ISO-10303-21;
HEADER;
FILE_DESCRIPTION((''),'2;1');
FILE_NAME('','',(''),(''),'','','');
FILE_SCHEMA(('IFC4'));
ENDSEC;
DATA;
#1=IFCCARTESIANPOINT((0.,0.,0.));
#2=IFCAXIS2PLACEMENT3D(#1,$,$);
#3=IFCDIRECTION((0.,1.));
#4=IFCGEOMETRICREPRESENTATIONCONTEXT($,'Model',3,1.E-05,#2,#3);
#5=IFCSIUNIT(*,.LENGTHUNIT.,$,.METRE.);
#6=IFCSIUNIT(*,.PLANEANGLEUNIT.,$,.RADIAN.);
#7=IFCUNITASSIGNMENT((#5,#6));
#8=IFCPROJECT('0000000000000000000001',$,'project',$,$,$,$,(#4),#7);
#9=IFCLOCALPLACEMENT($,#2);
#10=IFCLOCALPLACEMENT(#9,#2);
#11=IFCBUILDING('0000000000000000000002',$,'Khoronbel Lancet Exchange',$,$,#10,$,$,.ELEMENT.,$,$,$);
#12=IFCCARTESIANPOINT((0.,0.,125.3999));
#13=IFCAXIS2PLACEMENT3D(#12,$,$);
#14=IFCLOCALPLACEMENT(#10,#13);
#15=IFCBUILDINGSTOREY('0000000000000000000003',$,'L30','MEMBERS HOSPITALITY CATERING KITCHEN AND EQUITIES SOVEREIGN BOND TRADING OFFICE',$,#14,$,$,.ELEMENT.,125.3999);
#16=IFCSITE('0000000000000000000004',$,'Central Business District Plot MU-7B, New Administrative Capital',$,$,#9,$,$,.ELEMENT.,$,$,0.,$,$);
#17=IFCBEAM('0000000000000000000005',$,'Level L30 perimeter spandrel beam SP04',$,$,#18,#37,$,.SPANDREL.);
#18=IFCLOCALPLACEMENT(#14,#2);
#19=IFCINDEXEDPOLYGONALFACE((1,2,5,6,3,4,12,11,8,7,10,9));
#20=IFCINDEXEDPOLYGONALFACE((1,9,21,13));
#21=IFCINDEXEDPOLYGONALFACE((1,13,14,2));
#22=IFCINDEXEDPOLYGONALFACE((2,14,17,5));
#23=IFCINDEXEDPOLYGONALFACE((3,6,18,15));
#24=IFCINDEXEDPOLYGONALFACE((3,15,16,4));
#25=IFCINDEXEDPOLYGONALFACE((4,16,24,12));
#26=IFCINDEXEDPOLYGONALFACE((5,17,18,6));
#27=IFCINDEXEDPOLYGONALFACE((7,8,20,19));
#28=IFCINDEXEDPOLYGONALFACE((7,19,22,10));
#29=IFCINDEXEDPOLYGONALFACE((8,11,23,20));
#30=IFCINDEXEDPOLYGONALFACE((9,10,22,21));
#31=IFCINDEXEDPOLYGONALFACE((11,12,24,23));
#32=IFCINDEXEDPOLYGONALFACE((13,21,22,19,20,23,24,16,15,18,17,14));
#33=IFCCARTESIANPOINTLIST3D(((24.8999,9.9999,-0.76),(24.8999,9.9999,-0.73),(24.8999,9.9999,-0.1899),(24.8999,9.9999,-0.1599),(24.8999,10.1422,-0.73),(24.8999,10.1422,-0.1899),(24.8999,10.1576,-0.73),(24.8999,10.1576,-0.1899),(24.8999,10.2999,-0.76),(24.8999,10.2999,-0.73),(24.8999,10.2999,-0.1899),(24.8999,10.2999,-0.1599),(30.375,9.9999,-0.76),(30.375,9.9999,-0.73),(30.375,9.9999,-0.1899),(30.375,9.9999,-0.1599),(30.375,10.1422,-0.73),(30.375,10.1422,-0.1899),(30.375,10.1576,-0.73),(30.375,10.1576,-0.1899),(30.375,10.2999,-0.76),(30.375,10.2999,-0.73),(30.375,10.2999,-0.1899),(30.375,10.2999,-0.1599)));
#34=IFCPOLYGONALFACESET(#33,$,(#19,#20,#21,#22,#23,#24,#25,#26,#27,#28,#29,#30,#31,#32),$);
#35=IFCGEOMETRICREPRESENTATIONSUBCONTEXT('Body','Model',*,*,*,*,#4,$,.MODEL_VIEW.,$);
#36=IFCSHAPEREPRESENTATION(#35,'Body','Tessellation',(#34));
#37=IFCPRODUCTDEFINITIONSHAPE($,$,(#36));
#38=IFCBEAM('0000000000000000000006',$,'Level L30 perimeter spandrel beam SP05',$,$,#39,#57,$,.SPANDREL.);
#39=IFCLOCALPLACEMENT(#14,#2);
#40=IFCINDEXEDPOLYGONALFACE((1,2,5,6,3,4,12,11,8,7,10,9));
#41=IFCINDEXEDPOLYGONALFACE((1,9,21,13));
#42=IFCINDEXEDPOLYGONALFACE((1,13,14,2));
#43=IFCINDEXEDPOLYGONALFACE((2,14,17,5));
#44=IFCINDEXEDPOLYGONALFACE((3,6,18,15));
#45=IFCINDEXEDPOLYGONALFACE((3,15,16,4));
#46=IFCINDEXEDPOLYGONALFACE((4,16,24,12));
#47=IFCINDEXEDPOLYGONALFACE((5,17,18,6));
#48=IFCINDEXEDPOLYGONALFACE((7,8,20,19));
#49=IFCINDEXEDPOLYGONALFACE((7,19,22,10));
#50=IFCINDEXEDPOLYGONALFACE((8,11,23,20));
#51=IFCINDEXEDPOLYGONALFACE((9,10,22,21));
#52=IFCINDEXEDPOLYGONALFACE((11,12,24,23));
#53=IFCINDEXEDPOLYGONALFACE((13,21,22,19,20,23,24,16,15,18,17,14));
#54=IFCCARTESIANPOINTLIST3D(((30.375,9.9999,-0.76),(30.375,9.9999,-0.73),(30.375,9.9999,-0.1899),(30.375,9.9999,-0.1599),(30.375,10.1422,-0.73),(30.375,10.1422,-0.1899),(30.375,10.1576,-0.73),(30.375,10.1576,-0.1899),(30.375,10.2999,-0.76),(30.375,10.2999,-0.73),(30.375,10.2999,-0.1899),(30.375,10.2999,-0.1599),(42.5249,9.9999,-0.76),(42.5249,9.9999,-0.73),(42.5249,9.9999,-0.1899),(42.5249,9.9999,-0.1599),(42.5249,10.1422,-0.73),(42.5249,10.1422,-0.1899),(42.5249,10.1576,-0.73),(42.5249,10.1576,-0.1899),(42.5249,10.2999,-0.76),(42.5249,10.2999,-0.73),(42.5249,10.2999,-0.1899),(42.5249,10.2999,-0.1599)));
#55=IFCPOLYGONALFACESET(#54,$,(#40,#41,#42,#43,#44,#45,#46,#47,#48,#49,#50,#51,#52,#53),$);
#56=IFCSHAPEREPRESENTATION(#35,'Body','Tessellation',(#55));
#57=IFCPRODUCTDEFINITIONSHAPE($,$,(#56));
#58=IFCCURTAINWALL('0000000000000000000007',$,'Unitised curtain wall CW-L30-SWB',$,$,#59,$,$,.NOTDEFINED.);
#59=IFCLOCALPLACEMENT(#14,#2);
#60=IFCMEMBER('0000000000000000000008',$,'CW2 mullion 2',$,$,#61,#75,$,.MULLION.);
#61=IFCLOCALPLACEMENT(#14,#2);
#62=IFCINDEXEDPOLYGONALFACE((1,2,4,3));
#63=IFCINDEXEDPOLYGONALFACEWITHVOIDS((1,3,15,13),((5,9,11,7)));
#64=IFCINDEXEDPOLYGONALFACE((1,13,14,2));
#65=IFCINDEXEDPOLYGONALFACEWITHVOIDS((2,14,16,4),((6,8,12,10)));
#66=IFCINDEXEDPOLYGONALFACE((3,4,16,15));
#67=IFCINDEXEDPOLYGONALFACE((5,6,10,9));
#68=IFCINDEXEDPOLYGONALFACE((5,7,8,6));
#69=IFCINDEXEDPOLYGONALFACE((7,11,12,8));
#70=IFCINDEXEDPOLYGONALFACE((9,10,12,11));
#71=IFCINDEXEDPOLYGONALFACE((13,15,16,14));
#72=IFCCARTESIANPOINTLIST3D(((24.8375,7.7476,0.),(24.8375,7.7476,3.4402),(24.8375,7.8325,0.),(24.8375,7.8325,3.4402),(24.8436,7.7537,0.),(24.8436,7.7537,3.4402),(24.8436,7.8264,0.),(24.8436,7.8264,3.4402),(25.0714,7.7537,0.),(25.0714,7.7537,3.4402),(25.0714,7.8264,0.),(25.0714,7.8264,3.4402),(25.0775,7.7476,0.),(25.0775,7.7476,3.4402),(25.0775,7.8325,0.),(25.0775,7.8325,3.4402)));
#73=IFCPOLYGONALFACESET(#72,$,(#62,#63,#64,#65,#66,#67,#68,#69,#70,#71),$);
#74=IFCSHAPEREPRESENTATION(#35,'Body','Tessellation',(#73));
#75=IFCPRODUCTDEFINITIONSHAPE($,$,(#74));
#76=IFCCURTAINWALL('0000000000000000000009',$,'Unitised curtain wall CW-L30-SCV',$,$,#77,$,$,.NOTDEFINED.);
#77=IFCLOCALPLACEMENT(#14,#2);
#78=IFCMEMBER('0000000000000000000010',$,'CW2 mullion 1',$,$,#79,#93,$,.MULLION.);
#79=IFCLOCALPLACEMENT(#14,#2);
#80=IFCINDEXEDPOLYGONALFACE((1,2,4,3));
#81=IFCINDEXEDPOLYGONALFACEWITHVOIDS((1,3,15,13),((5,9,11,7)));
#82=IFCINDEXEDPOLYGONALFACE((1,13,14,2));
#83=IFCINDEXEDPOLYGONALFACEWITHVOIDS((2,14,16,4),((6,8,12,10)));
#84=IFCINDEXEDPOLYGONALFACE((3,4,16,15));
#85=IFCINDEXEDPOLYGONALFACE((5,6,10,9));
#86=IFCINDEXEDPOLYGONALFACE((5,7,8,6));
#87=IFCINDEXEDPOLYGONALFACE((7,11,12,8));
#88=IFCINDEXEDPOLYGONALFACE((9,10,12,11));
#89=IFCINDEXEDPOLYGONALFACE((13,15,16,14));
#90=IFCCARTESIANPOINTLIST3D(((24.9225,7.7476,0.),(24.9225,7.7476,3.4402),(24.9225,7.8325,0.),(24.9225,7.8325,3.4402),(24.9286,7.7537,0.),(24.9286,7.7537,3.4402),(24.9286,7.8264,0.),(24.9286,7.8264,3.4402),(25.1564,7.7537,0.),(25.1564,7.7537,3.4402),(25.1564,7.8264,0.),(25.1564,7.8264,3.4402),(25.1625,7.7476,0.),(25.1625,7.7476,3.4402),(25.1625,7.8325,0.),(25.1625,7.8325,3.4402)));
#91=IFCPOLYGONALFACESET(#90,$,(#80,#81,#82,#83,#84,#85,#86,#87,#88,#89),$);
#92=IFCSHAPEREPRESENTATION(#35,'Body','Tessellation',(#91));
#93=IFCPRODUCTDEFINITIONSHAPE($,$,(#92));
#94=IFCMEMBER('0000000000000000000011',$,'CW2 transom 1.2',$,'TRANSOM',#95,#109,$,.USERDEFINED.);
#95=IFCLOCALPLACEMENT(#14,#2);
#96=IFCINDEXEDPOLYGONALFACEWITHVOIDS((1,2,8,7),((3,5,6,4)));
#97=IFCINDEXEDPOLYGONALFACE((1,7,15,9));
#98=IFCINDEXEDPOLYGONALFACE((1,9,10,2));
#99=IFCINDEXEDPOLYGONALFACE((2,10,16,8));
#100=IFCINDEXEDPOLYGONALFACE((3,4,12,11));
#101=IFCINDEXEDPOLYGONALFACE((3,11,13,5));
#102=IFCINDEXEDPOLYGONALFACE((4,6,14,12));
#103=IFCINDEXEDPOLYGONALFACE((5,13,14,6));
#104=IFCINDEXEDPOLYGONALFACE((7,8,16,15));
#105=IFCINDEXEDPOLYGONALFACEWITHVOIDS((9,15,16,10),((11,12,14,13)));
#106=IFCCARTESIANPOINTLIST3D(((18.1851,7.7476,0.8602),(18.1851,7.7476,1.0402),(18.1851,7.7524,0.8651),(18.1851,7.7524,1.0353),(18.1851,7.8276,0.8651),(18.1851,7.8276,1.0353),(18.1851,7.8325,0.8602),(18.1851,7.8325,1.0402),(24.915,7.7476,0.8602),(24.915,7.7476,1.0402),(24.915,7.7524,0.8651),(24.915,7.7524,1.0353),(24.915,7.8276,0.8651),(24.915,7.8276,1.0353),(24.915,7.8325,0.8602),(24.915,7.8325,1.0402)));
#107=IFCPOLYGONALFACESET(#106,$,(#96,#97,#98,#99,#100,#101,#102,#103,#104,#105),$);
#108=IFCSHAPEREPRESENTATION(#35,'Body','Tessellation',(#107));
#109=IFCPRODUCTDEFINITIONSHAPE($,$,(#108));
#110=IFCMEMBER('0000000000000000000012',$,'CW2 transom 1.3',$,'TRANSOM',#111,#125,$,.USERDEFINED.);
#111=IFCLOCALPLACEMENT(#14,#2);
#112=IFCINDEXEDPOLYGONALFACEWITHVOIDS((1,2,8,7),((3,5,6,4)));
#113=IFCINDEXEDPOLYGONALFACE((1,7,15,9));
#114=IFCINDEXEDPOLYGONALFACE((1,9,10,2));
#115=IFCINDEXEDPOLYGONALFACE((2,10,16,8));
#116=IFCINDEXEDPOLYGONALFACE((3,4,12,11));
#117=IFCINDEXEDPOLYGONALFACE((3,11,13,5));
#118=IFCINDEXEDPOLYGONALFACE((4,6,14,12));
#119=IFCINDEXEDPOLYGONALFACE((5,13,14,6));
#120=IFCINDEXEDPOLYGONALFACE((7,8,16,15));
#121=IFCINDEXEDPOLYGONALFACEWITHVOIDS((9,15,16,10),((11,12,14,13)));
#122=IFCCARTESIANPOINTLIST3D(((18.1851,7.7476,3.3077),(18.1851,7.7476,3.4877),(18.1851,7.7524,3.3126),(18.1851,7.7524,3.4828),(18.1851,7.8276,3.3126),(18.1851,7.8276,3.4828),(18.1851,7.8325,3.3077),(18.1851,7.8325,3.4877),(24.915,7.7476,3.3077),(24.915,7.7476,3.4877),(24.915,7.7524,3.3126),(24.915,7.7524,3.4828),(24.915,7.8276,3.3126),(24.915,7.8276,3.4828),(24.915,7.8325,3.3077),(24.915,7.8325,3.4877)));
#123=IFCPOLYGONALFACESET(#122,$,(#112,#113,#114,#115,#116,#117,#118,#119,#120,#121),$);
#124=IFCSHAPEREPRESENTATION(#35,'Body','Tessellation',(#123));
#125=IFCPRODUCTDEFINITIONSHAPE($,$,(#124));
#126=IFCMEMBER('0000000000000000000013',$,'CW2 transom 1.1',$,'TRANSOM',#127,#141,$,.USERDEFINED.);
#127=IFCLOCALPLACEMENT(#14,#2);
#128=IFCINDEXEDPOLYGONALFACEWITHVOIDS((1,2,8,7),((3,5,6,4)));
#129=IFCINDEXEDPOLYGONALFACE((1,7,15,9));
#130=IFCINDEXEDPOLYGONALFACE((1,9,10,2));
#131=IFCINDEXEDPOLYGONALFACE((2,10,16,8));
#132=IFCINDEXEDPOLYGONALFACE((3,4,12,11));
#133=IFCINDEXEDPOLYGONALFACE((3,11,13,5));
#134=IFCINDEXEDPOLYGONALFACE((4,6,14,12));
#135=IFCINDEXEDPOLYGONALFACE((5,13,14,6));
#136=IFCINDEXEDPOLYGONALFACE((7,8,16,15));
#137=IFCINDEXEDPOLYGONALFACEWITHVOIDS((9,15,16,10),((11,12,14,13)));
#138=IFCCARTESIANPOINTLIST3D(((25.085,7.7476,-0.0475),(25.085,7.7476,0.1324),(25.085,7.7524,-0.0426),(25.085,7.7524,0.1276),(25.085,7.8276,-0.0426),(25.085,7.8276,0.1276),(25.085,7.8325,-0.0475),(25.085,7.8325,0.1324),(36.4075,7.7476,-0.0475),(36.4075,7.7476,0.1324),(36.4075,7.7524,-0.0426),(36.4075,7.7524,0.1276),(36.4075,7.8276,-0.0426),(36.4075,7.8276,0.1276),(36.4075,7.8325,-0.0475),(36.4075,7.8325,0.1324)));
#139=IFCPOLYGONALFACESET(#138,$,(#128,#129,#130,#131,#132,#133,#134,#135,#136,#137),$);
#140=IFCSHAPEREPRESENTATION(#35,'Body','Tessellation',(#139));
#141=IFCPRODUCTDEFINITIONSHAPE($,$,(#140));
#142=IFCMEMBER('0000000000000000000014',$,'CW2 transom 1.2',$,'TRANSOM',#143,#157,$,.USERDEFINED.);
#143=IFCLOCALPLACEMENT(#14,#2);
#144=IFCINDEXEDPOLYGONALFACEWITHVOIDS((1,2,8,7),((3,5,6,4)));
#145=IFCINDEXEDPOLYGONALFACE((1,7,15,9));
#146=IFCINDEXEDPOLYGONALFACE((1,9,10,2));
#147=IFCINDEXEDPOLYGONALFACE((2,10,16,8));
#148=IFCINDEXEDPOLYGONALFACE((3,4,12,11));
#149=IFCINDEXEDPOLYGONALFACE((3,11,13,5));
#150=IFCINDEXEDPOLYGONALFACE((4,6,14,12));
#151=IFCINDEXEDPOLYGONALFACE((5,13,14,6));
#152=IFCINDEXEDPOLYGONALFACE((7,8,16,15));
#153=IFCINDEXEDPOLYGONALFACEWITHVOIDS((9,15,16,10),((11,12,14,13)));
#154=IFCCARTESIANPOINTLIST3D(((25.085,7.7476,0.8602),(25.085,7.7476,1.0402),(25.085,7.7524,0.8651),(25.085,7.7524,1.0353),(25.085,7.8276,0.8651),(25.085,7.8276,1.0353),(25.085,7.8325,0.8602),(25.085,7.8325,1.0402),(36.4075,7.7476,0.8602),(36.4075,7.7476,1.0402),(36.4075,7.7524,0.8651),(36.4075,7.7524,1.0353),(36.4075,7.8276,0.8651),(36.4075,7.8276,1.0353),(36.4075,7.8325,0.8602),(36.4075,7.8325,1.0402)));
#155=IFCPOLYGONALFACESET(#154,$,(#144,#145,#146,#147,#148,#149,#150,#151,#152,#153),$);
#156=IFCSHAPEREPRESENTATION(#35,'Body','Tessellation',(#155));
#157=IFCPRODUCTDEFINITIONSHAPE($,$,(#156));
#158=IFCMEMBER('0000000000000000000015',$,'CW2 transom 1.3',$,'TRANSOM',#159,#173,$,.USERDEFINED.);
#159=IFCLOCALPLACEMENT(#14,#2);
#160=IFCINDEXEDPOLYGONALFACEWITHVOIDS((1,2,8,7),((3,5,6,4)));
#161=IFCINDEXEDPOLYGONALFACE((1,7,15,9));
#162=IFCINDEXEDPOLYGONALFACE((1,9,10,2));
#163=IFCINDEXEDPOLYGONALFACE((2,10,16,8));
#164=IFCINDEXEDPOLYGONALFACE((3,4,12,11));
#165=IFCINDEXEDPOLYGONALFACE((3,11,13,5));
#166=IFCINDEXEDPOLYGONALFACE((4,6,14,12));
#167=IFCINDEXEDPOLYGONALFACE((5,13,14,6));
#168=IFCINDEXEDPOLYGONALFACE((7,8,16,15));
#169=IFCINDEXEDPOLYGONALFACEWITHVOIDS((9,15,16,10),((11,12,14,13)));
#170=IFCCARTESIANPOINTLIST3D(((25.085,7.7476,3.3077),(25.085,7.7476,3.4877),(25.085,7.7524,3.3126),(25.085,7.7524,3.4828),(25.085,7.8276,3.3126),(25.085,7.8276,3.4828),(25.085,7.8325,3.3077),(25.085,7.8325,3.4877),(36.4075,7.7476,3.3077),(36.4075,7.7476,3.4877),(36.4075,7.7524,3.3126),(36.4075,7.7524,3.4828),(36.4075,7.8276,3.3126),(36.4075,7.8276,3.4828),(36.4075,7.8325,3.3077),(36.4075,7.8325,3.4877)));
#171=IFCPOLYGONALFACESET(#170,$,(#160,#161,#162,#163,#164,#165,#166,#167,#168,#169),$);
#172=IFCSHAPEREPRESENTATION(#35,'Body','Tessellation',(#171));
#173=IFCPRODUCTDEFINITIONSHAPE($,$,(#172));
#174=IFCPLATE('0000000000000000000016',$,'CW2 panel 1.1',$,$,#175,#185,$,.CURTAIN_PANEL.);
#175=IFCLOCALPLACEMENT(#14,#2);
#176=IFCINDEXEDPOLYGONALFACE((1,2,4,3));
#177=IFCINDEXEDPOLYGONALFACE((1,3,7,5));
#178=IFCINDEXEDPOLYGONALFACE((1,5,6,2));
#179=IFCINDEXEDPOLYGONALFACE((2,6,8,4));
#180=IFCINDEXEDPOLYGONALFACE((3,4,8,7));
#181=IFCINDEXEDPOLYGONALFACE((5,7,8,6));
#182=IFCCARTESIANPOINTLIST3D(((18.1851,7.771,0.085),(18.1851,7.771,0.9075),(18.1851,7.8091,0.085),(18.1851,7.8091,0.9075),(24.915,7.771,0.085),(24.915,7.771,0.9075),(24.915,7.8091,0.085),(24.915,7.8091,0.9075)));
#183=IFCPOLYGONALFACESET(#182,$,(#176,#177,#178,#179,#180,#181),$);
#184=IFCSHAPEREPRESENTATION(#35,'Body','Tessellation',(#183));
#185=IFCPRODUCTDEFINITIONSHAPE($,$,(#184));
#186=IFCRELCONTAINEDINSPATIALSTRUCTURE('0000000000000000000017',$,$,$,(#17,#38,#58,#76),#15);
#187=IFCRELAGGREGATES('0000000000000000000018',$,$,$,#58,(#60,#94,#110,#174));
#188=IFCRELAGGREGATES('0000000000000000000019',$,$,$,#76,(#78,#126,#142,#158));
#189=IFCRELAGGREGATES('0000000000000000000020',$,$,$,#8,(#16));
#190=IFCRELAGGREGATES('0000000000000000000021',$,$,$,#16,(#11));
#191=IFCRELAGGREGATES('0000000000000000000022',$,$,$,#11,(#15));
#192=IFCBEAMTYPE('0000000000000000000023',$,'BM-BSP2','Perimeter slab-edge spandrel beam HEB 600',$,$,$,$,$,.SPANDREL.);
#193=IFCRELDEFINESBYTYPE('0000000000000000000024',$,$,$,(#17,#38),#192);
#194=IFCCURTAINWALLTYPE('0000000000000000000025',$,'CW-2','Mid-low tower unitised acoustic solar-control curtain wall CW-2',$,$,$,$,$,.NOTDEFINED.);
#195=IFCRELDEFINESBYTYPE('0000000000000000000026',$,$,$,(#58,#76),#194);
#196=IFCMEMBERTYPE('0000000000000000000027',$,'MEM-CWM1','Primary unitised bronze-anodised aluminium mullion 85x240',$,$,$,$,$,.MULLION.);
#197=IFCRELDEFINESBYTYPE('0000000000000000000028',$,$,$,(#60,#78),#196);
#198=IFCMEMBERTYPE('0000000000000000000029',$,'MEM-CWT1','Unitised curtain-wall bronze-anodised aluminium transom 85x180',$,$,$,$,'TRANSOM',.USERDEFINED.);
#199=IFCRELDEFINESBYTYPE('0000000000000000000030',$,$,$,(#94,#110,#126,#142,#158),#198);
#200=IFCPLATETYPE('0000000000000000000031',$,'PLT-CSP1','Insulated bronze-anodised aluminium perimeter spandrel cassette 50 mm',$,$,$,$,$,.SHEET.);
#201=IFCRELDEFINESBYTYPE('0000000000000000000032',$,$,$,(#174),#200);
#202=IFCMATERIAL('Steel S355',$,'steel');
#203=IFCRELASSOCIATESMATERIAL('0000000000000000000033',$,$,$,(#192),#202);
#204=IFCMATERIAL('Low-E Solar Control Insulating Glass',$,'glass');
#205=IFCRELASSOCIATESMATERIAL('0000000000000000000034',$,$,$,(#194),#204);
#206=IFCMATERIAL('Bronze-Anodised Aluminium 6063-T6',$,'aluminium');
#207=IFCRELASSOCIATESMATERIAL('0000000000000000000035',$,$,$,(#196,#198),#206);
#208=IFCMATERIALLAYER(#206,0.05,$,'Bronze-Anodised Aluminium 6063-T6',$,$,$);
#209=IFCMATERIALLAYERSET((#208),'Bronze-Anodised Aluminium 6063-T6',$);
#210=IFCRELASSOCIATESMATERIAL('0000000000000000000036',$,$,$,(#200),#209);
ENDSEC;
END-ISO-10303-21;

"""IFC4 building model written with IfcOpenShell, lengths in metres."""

from ifc_helpers import new_model, si_unit, direction, frame, origin, origin_2d, place, context, subcontext, project, spatial, rectangle, hollow_rectangle, i_section, extrude, material, layer, layer_set, material_profile, profile_set, type_object, element, aggregate, save


model = new_model("IFC4")

# Units and contexts
model_context = context("Model", 3, precision=1e-05, world=origin(), true_north=direction((0.0, 1.0)))
body_context = subcontext(model_context, "Body", "Model", "MODEL_VIEW")
ifc_project = project(units=[si_unit("LENGTHUNIT", "METRE"), si_unit("PLANEANGLEUNIT", "RADIAN")], contexts=[model_context])

# Site, building, storey
site_placement = place(None, origin())
site = spatial("IfcSite", under=ifc_project, at=site_placement, Name="Central Business District Plot MU-7B, New Administrative Capital", CompositionType="ELEMENT", RefElevation=0.0)
building_placement = place(site_placement, origin())
building = spatial("IfcBuilding", under=site, at=building_placement, Name="Khoronbel Lancet Exchange", CompositionType="ELEMENT")
storey_placement = place(building_placement, frame((0.0, 0.0, 125.3999)))
storey = spatial("IfcBuildingStorey", under=building, at=storey_placement, Name="L30", Description="MEMBERS HOSPITALITY CATERING KITCHEN AND EQUITIES SOVEREIGN BOND TRADING OFFICE", CompositionType="ELEMENT", Elevation=125.3999)

# Beams
ifc_material_1 = material(Name="Steel S355", Category="steel")
ifc_material_profile_1 = material_profile(ifc_material_1, i_section(OverallWidth=0.3, OverallDepth=0.6001, WebThickness=0.0154, FlangeThickness=0.03, at=origin_2d()), Name="HEB 600")
ifc_profile_set_1 = profile_set([ifc_material_profile_1], Name="Steel S355")
beam_type_1 = type_object("IfcBeamType", Name="BM-BSP2", Description="Perimeter slab-edge spandrel beam HEB 600", PredefinedType="SPANDREL", material=ifc_profile_set_1)
beam_1_placement = place(storey_placement, frame((24.8999, 10.1499, -0.46), z_axis=(1.0, 0.0, 0.0), x_axis=(0.0, 1.0, 0.0)))
element("IfcBeam", 1, at=beam_1_placement, inside=storey, type_object=beam_type_1, Name="Level L30 perimeter spandrel beam SP04", PredefinedType="SPANDREL", context=body_context, shape_type="SweptSolid", body=[
    extrude(i_section(OverallWidth=0.3, OverallDepth=0.6001, WebThickness=0.0154, FlangeThickness=0.03, at=origin_2d()), origin(), (0.0, 0.0, 1.0), 5.4751),
])
beam_2_placement = place(storey_placement, frame((30.375, 10.1499, -0.46), z_axis=(1.0, 0.0, 0.0), x_axis=(0.0, 1.0, 0.0)))
element("IfcBeam", 2, at=beam_2_placement, inside=storey, type_object=beam_type_1, Name="Level L30 perimeter spandrel beam SP05", PredefinedType="SPANDREL", context=body_context, shape_type="SweptSolid", body=[
    extrude(i_section(OverallWidth=0.3, OverallDepth=0.6001, WebThickness=0.0154, FlangeThickness=0.03, at=origin_2d()), origin(), (0.0, 0.0, 1.0), 12.1499),
])

# Curtain walls, members
ifc_material_2 = material(Name="Low-E Solar Control Insulating Glass", Category="glass")
curtain_wall_type = type_object("IfcCurtainWallType", Name="CW-2", Description="Mid-low tower unitised acoustic solar-control curtain wall CW-2", PredefinedType="NOTDEFINED", material=ifc_material_2)
curtain_wall_1_placement = place(storey_placement, origin())
curtain_wall_1 = element("IfcCurtainWall", 3, at=curtain_wall_1_placement, inside=storey, type_object=curtain_wall_type, Name="Unitised curtain wall CW-L30-SWB", PredefinedType="NOTDEFINED")
ifc_material_3 = material(Name="Bronze-Anodised Aluminium 6063-T6", Category="aluminium")
ifc_material_profile_2 = material_profile(ifc_material_3, hollow_rectangle(XDim=0.085, YDim=0.24, WallThickness=0.0061, at=origin_2d()), Name="ALU MULLION 85x240")
ifc_profile_set_2 = profile_set([ifc_material_profile_2], Name="Bronze-Anodised Aluminium 6063-T6")
member_type_1 = type_object("IfcMemberType", Name="MEM-CWM1", Description="Primary unitised bronze-anodised aluminium mullion 85x240", PredefinedType="MULLION", material=ifc_profile_set_2)
member_1_placement = place(storey_placement, frame((24.9575, 7.79, 0.0), z_axis=(0.0, 0.0, 1.0), x_axis=(0.0, 1.0, 0.0)))
member_1 = element("IfcMember", 4, at=member_1_placement, type_object=member_type_1, Name="CW2 mullion 2", PredefinedType="MULLION", context=body_context, shape_type="SweptSolid", body=[
    extrude(hollow_rectangle(XDim=0.085, YDim=0.24, WallThickness=0.0061, at=origin_2d()), origin(), (0.0, 0.0, 1.0), 3.4402),
])
curtain_wall_2_placement = place(storey_placement, origin())
curtain_wall_2 = element("IfcCurtainWall", 5, at=curtain_wall_2_placement, inside=storey, type_object=curtain_wall_type, Name="Unitised curtain wall CW-L30-SCV", PredefinedType="NOTDEFINED")
member_2_placement = place(storey_placement, frame((25.0425, 7.79, 0.0), z_axis=(0.0, 0.0, 1.0), x_axis=(0.0, 1.0, 0.0)))
member_2 = element("IfcMember", 6, at=member_2_placement, type_object=member_type_1, Name="CW2 mullion 1", PredefinedType="MULLION", context=body_context, shape_type="SweptSolid", body=[
    extrude(hollow_rectangle(XDim=0.085, YDim=0.24, WallThickness=0.0061, at=origin_2d()), origin(), (0.0, 0.0, 1.0), 3.4402),
])

# Members
ifc_material_profile_3 = material_profile(ifc_material_3, hollow_rectangle(XDim=0.085, YDim=0.1799, WallThickness=0.0049, at=origin_2d()), Name="ALU TRANSOM 85x180")
ifc_profile_set_3 = profile_set([ifc_material_profile_3], Name="Bronze-Anodised Aluminium 6063-T6")
member_type_2 = type_object("IfcMemberType", Name="MEM-CWT1", Description="Unitised curtain-wall bronze-anodised aluminium transom 85x180", ElementType="TRANSOM", PredefinedType="USERDEFINED", material=ifc_profile_set_3)
member_3_placement = place(storey_placement, frame((18.1851, 7.79, 0.9502), z_axis=(1.0, 0.0, 0.0), x_axis=(0.0, 1.0, 0.0)))
member_3 = element("IfcMember", 7, at=member_3_placement, type_object=member_type_2, Name="CW2 transom 1.2", ObjectType="TRANSOM", PredefinedType="USERDEFINED", context=body_context, shape_type="SweptSolid", body=[
    extrude(hollow_rectangle(XDim=0.085, YDim=0.1799, WallThickness=0.0049, at=origin_2d()), origin(), (0.0, 0.0, 1.0), 6.73),
])
member_4_placement = place(storey_placement, frame((18.1851, 7.79, 3.3977), z_axis=(1.0, 0.0, 0.0), x_axis=(0.0, 1.0, 0.0)))
member_4 = element("IfcMember", 8, at=member_4_placement, type_object=member_type_2, Name="CW2 transom 1.3", ObjectType="TRANSOM", PredefinedType="USERDEFINED", context=body_context, shape_type="SweptSolid", body=[
    extrude(hollow_rectangle(XDim=0.085, YDim=0.1799, WallThickness=0.0049, at=origin_2d()), origin(), (0.0, 0.0, 1.0), 6.73),
])
member_5_placement = place(storey_placement, frame((25.085, 7.79, 0.0425), z_axis=(1.0, 0.0, 0.0), x_axis=(0.0, 1.0, 0.0)))
member_5 = element("IfcMember", 9, at=member_5_placement, type_object=member_type_2, Name="CW2 transom 1.1", ObjectType="TRANSOM", PredefinedType="USERDEFINED", context=body_context, shape_type="SweptSolid", body=[
    extrude(hollow_rectangle(XDim=0.085, YDim=0.1799, WallThickness=0.0049, at=origin_2d()), origin(), (0.0, 0.0, 1.0), 11.3225),
])
member_6_placement = place(storey_placement, frame((25.085, 7.79, 0.9502), z_axis=(1.0, 0.0, 0.0), x_axis=(0.0, 1.0, 0.0)))
member_6 = element("IfcMember", 10, at=member_6_placement, type_object=member_type_2, Name="CW2 transom 1.2", ObjectType="TRANSOM", PredefinedType="USERDEFINED", context=body_context, shape_type="SweptSolid", body=[
    extrude(hollow_rectangle(XDim=0.085, YDim=0.1799, WallThickness=0.0049, at=origin_2d()), origin(), (0.0, 0.0, 1.0), 11.3225),
])
member_7_placement = place(storey_placement, frame((25.085, 7.79, 3.3977), z_axis=(1.0, 0.0, 0.0), x_axis=(0.0, 1.0, 0.0)))
member_7 = element("IfcMember", 11, at=member_7_placement, type_object=member_type_2, Name="CW2 transom 1.3", ObjectType="TRANSOM", PredefinedType="USERDEFINED", context=body_context, shape_type="SweptSolid", body=[
    extrude(hollow_rectangle(XDim=0.085, YDim=0.1799, WallThickness=0.0049, at=origin_2d()), origin(), (0.0, 0.0, 1.0), 11.3225),
])

# Plate
ifc_layer_1 = layer(ifc_material_3, 0.05, Name="Bronze-Anodised Aluminium 6063-T6")
ifc_layer_set_1 = layer_set([ifc_layer_1], Name="Bronze-Anodised Aluminium 6063-T6")
plate_type_1 = type_object("IfcPlateType", Name="PLT-CSP1", Description="Insulated bronze-anodised aluminium perimeter spandrel cassette 50 mm", PredefinedType="SHEET", material=ifc_layer_set_1)
plate_1_placement = place(storey_placement, frame((21.55, 7.79, 0.085), z_axis=(0.0, 0.0, 1.0), x_axis=(1.0, 0.0, 0.0)))
plate_1 = element("IfcPlate", 12, at=plate_1_placement, type_object=plate_type_1, Name="CW2 panel 1.1", PredefinedType="CURTAIN_PANEL", context=body_context, shape_type="SweptSolid", body=[
    extrude(rectangle(XDim=6.73, YDim=0.0381, at=origin_2d()), origin(), (0.0, 0.0, 1.0), 0.8225),
])
aggregate(curtain_wall_1, [member_1, member_3, member_4, plate_1])
aggregate(curtain_wall_2, [member_2, member_5, member_6, member_7])

save(model, "model.ifc")
